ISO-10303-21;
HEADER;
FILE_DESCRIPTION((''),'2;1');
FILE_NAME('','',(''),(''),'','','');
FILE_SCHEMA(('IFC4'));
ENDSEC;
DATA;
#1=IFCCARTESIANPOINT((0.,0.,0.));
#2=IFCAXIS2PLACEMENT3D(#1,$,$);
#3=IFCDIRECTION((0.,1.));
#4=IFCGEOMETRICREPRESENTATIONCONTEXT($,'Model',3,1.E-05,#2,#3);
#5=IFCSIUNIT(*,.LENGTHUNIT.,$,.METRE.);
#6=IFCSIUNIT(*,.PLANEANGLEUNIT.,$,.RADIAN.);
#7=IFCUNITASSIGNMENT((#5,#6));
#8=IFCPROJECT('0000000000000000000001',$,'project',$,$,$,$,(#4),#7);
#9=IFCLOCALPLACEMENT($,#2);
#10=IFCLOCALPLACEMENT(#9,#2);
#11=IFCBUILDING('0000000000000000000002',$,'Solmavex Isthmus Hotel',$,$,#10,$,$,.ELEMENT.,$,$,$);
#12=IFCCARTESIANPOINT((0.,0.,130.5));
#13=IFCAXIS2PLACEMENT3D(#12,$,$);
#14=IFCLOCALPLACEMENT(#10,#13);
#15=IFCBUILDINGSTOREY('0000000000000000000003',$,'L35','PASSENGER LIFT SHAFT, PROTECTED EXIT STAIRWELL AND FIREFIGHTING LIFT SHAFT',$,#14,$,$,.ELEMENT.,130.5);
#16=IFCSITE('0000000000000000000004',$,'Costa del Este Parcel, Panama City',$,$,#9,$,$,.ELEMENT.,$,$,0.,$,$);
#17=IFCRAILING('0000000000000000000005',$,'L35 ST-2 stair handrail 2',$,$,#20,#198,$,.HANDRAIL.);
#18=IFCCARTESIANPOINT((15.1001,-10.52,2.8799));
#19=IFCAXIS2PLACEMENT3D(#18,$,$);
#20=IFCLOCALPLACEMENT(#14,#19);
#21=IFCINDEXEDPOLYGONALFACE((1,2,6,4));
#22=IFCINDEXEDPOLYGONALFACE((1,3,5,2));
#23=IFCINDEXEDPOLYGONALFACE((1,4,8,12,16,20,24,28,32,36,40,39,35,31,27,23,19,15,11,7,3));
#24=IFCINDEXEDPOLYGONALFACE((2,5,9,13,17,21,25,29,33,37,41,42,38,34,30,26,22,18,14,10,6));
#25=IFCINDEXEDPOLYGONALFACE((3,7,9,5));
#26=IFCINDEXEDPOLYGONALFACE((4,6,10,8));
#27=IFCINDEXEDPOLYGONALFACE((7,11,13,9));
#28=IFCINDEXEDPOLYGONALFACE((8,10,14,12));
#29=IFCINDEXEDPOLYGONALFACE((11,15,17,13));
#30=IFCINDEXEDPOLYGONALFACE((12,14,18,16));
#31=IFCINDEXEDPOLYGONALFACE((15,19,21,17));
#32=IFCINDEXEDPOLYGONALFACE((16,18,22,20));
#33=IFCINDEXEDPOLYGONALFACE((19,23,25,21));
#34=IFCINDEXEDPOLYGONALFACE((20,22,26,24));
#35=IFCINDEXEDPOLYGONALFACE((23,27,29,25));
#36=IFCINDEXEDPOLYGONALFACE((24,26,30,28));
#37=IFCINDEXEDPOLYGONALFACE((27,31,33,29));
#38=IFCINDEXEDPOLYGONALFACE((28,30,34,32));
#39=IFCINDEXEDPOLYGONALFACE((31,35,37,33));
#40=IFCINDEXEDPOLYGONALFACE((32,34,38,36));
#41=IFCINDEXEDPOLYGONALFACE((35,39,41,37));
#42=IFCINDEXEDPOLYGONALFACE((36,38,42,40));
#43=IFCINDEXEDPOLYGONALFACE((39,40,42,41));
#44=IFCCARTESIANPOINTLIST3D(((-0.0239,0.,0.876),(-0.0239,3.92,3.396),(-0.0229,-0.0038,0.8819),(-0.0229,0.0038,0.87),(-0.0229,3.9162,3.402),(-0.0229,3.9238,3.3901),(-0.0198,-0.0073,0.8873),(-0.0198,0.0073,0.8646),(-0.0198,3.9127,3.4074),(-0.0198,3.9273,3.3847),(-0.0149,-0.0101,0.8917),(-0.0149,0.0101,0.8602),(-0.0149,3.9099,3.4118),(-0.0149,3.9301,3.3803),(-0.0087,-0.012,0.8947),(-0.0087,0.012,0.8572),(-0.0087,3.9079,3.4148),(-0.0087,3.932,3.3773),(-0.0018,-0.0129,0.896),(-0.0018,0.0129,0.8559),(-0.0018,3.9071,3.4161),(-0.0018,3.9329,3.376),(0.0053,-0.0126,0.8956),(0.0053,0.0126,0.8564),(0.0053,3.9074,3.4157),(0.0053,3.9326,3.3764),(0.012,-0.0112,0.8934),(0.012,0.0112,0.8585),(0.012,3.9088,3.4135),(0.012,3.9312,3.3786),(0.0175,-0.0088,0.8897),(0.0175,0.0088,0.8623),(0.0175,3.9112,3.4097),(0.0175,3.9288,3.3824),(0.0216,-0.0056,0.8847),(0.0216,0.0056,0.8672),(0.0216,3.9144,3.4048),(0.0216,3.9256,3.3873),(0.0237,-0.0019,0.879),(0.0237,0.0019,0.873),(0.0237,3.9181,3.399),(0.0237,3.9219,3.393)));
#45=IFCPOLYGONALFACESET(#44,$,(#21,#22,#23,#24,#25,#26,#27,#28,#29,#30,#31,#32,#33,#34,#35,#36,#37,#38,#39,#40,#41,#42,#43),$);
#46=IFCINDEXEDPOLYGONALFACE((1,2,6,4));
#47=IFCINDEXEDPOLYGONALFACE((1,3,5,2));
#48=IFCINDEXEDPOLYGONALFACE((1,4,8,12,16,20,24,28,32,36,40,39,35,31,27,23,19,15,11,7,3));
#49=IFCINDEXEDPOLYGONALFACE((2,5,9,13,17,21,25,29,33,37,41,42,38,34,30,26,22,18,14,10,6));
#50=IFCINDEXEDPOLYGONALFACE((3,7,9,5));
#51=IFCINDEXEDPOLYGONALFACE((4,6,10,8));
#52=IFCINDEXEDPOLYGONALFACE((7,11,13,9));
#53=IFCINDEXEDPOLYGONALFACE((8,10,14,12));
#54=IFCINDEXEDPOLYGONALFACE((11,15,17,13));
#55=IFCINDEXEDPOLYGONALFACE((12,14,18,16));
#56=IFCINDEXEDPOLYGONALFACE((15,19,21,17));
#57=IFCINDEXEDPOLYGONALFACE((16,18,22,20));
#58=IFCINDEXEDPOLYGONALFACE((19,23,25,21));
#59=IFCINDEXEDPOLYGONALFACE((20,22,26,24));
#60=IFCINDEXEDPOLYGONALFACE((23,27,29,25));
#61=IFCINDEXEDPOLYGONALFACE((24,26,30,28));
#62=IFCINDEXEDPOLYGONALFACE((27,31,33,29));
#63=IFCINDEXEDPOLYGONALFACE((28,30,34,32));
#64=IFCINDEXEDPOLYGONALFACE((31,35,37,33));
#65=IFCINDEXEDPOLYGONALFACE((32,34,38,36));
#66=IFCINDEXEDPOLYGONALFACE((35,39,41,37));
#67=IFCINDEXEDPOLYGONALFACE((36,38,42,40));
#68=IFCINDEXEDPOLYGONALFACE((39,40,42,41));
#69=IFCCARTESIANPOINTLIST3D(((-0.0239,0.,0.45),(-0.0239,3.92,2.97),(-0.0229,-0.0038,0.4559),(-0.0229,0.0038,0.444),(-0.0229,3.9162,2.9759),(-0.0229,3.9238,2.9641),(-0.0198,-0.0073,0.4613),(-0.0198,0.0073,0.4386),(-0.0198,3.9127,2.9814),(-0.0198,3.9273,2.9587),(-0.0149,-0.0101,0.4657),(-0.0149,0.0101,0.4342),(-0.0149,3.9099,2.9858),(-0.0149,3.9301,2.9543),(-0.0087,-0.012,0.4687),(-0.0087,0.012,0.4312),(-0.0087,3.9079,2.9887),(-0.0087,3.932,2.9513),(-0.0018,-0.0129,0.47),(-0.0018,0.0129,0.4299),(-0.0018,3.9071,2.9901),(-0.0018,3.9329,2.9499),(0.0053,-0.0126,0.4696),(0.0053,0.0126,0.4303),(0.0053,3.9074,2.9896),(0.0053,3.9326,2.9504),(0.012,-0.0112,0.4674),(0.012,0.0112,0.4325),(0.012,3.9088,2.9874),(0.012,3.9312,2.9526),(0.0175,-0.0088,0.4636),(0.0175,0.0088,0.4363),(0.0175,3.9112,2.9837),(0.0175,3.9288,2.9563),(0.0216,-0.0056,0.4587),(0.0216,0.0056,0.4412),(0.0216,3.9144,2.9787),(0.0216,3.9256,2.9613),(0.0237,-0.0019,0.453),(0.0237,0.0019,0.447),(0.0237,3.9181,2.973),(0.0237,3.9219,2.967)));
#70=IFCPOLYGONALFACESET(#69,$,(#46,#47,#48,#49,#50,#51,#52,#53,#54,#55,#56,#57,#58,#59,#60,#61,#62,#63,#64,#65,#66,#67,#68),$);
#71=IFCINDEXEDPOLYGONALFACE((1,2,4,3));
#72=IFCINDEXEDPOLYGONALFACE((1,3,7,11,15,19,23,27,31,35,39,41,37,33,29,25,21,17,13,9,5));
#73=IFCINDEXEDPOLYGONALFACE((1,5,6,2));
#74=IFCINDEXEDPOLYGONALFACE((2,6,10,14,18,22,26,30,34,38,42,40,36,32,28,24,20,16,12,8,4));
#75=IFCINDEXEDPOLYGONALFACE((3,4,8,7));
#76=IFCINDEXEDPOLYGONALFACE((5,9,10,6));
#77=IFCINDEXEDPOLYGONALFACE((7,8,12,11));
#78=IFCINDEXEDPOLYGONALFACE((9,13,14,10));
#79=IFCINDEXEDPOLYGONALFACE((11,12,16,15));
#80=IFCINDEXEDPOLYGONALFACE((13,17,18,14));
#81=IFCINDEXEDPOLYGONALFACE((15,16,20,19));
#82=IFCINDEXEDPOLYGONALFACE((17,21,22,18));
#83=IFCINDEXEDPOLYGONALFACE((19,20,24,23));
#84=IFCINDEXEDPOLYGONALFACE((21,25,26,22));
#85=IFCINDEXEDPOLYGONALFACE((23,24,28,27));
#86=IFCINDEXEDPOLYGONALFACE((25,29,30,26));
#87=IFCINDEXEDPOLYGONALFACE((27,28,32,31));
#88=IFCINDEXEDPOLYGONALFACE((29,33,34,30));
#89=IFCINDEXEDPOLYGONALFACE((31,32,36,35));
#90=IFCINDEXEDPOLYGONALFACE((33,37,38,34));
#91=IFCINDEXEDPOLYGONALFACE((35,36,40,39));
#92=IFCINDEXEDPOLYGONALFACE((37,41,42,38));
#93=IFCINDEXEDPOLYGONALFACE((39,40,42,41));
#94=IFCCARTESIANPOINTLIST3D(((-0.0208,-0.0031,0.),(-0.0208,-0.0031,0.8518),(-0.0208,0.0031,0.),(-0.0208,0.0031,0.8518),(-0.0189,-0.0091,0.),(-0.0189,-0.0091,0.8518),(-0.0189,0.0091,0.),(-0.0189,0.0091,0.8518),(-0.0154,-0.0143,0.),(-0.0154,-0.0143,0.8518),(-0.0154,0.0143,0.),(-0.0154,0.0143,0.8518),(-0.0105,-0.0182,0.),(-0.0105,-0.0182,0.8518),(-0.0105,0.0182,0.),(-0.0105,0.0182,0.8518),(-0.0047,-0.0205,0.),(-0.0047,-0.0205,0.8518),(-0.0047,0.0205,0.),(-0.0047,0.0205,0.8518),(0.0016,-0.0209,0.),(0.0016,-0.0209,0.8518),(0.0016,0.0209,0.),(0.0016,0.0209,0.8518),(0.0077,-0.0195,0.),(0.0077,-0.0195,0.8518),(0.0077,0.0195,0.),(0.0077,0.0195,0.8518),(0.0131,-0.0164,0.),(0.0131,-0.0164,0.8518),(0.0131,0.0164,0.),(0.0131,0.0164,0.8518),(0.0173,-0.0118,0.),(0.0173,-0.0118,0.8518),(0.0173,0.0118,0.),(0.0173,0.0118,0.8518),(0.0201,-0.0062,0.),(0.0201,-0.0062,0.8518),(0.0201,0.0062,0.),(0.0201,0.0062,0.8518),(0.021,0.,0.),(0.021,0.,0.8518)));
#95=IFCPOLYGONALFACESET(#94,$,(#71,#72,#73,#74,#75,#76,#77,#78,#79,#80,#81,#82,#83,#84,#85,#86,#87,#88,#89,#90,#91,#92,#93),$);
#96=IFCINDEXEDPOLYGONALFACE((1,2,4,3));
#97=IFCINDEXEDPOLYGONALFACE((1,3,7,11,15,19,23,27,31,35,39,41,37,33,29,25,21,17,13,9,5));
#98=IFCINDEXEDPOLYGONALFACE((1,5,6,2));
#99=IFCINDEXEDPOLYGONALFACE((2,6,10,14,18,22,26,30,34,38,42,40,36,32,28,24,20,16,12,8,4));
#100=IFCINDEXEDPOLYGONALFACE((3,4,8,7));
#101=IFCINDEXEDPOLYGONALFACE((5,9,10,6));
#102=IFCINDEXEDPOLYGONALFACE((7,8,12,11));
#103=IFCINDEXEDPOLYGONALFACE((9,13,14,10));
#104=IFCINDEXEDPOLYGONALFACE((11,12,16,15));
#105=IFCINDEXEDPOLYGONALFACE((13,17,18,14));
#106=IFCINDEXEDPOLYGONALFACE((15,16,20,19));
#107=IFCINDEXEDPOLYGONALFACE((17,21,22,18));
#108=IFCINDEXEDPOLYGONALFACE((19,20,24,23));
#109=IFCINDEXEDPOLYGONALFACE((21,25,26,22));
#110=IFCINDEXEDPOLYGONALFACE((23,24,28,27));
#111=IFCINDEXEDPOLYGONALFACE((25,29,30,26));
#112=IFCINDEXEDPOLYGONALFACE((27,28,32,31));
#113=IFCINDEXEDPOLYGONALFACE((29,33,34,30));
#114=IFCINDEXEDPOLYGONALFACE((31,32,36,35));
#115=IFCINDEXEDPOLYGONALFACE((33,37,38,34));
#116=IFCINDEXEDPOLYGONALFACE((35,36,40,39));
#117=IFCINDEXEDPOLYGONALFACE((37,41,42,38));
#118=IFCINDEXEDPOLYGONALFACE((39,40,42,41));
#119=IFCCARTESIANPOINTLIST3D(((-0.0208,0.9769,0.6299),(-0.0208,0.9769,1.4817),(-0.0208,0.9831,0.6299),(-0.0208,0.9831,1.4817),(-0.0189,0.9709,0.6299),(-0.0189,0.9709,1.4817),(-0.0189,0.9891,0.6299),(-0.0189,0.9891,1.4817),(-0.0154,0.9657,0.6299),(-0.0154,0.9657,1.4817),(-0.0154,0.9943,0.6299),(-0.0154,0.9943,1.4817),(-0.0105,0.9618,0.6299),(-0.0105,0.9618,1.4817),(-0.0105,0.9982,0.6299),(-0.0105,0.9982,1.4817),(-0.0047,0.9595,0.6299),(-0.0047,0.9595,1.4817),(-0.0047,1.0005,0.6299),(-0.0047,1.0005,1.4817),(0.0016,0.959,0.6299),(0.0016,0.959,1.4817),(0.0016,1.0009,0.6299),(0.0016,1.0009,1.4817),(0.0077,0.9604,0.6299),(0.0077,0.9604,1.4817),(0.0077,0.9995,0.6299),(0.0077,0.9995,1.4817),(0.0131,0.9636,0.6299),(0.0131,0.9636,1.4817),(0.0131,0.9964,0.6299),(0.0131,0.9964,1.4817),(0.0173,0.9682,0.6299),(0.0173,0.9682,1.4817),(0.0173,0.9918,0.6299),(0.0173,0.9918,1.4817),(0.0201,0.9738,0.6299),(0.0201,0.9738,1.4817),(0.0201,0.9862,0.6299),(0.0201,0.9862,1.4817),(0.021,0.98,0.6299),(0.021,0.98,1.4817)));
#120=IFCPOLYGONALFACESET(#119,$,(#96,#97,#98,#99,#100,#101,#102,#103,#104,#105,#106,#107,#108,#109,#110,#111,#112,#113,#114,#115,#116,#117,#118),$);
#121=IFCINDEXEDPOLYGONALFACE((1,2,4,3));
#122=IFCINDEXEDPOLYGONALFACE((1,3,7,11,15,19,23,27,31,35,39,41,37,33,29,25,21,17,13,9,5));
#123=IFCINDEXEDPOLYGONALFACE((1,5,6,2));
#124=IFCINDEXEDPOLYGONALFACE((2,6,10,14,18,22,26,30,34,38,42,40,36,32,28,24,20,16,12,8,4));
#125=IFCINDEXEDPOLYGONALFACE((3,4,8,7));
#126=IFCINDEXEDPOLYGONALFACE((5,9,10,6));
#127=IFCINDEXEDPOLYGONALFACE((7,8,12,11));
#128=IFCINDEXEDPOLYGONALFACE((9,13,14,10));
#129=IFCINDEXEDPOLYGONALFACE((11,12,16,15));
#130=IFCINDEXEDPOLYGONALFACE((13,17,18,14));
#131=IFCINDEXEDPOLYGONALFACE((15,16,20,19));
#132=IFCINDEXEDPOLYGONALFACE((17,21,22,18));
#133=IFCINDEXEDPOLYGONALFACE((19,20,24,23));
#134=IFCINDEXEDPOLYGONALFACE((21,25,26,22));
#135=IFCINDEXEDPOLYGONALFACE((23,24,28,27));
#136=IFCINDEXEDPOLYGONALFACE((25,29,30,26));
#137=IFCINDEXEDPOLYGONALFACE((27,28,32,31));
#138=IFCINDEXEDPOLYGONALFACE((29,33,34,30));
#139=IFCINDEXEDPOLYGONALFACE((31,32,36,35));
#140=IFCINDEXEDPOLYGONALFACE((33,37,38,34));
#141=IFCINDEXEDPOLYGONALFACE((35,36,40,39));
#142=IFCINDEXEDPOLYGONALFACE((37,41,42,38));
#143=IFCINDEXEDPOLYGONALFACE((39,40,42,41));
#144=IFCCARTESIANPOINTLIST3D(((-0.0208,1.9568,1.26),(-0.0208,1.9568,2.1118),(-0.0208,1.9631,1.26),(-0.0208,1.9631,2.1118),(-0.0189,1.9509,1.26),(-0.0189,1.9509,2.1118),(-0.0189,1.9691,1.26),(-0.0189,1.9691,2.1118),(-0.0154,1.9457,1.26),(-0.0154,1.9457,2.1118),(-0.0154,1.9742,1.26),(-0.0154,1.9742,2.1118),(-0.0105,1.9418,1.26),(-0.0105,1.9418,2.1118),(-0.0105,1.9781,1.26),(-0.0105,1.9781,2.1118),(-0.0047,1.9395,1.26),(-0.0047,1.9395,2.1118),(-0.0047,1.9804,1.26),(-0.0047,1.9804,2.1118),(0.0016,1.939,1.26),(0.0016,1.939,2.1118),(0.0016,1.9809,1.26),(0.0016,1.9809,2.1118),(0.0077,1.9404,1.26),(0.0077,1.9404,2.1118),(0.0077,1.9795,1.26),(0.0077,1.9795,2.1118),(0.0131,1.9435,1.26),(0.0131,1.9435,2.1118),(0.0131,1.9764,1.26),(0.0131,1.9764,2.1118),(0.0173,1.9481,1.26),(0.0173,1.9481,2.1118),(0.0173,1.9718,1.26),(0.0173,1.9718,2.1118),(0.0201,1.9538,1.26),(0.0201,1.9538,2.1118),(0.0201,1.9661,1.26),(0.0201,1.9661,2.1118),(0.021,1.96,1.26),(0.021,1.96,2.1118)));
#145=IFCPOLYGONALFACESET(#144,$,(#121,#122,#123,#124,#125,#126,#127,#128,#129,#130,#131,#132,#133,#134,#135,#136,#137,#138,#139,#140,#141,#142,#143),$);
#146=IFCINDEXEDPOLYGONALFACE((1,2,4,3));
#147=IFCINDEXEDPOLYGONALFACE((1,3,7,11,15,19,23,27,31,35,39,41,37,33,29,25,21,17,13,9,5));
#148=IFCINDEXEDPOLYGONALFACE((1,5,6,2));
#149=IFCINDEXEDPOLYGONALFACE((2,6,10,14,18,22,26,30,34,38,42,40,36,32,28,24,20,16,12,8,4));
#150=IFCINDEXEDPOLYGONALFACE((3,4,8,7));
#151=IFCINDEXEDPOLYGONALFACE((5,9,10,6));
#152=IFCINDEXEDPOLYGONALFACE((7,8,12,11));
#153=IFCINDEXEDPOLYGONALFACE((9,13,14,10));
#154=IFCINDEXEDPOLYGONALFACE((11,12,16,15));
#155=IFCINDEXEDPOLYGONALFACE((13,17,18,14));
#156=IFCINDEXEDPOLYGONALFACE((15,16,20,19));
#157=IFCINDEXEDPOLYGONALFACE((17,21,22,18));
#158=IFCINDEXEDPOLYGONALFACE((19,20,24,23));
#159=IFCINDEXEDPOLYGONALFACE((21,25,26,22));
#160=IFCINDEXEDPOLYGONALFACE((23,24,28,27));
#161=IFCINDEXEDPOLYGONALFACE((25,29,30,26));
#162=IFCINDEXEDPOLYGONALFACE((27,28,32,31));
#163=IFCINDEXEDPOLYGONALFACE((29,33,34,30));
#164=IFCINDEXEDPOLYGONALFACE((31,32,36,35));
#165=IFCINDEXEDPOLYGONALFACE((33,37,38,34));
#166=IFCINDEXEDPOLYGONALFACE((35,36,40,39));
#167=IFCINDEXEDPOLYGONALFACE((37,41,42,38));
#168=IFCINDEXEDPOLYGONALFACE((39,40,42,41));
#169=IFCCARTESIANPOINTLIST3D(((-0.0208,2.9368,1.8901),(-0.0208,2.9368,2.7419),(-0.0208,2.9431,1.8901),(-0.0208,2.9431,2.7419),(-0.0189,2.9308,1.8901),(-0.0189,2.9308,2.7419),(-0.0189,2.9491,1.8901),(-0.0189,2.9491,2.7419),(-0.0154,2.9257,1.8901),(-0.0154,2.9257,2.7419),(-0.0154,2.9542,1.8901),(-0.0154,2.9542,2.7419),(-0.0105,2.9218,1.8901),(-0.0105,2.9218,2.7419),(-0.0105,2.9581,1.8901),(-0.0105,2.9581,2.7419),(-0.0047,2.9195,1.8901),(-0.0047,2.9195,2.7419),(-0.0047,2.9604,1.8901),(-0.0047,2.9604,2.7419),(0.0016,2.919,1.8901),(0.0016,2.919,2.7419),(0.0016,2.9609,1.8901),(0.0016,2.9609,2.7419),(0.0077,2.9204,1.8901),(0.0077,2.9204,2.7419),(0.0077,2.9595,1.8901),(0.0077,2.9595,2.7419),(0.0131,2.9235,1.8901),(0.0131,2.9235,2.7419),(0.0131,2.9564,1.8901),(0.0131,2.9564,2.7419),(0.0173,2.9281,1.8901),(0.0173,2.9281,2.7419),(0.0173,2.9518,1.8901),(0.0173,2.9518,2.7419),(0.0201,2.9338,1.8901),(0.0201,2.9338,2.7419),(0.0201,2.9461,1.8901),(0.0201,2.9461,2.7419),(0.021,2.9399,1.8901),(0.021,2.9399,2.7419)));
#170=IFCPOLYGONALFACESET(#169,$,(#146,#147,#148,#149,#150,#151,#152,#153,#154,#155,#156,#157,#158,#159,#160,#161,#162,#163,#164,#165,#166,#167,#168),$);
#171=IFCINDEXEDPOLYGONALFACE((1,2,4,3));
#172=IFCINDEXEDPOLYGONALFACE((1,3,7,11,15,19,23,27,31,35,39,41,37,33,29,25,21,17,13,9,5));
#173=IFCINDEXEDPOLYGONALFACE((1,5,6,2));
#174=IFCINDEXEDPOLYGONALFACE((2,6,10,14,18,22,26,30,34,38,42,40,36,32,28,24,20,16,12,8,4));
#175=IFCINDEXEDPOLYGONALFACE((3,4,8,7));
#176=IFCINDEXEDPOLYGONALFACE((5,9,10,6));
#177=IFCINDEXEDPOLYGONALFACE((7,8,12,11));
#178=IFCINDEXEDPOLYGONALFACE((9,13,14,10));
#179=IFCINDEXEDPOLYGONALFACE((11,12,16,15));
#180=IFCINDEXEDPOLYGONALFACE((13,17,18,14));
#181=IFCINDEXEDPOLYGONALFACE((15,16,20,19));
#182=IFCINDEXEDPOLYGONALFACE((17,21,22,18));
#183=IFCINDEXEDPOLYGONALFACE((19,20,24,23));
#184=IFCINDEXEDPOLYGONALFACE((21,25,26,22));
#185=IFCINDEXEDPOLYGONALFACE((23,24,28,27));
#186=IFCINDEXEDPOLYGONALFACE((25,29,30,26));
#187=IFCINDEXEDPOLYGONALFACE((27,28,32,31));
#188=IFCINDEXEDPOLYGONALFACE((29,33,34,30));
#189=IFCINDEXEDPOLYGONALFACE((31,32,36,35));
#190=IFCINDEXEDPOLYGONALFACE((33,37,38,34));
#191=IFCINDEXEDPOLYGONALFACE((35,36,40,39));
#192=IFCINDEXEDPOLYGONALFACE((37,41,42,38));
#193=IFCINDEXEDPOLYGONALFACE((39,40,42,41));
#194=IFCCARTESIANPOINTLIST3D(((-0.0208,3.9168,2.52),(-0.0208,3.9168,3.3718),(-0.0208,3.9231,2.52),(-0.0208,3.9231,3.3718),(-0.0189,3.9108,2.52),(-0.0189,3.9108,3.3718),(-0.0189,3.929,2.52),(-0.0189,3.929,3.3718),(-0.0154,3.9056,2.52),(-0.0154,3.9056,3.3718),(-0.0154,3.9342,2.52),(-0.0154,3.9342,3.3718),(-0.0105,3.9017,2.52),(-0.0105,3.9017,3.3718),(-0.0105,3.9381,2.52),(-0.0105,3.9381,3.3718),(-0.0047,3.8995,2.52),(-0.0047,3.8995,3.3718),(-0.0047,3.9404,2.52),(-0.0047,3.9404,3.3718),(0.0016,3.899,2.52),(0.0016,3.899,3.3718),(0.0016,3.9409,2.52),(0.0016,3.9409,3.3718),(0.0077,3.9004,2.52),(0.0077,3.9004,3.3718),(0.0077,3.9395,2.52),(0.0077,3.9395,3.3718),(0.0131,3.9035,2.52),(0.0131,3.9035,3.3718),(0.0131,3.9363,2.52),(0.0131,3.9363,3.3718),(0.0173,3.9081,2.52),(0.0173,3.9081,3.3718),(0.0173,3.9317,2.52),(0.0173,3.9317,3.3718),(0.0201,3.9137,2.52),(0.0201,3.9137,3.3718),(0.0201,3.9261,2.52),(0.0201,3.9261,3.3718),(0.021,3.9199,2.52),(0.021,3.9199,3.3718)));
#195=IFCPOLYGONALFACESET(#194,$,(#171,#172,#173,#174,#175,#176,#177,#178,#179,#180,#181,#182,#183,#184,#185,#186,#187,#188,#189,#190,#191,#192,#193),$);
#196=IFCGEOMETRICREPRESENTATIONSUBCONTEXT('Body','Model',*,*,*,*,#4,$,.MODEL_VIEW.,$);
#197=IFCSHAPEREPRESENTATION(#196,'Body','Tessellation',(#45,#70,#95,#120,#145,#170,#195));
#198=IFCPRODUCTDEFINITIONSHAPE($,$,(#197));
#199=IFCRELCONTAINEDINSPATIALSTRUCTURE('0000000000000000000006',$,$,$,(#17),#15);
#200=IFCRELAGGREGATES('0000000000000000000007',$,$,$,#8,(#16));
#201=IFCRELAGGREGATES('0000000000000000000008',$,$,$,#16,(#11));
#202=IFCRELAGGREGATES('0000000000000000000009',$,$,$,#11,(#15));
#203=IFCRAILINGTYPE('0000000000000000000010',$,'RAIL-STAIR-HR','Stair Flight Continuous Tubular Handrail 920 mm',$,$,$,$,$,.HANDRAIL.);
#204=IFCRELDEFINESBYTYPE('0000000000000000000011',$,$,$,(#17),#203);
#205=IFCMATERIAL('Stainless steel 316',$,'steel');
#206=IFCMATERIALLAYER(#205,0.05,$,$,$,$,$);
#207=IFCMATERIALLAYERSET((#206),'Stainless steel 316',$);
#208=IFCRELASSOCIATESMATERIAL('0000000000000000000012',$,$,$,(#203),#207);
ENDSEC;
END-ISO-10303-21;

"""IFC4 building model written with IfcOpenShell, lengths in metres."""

from ifc_helpers import new_model, si_unit, direction, frame, origin, origin_2d, place, context, subcontext, project, spatial, circle, extrude, material, layer, layer_set, type_object, element, save


model = new_model("IFC4")

# Units and contexts
model_context = context("Model", 3, precision=1e-05, world=origin(), true_north=direction((0.0, 1.0)))
body_context = subcontext(model_context, "Body", "Model", "MODEL_VIEW")
ifc_project = project(units=[si_unit("LENGTHUNIT", "METRE"), si_unit("PLANEANGLEUNIT", "RADIAN")], contexts=[model_context])

# Site, building, storey
site_placement = place(None, origin())
site = spatial("IfcSite", under=ifc_project, at=site_placement, Name="Costa del Este Parcel, Panama City", CompositionType="ELEMENT", RefElevation=0.0)
building_placement = place(site_placement, origin())
building = spatial("IfcBuilding", under=site, at=building_placement, Name="Solmavex Isthmus Hotel", CompositionType="ELEMENT")
storey_placement = place(building_placement, frame((0.0, 0.0, 130.5)))
storey = spatial("IfcBuildingStorey", under=building, at=storey_placement, Name="L35", Description="PASSENGER LIFT SHAFT, PROTECTED EXIT STAIRWELL AND FIREFIGHTING LIFT SHAFT", CompositionType="ELEMENT", Elevation=130.5)

# Railing
ifc_material_1 = material(Name="Stainless steel 316", Category="steel")
ifc_layer_1 = layer(ifc_material_1, 0.05)
ifc_layer_set_1 = layer_set([ifc_layer_1], Name="Stainless steel 316")
railing_type_1 = type_object("IfcRailingType", Name="RAIL-STAIR-HR", Description="Stair Flight Continuous Tubular Handrail 920 mm", PredefinedType="HANDRAIL", material=ifc_layer_set_1)
railing_1_placement = place(storey_placement, frame((15.1001, -10.52, 2.8799)))
element("IfcRailing", 1, at=railing_1_placement, inside=storey, type_object=railing_type_1, Name="L35 ST-2 stair handrail 2", PredefinedType="HANDRAIL", context=body_context, shape_type="SweptSolid", body=[
    extrude(circle(Radius=0.0239, at=origin_2d()), frame((0.0, 0.0, 0.876), z_axis=(0.0, 0.841172, 0.540768), x_axis=(-1.0, 0.0, 0.0)), (0.0, 0.0, 1.0), 4.6602),
    extrude(circle(Radius=0.0239, at=origin_2d()), frame((0.0, 0.0, 0.45), z_axis=(0.0, 0.841172, 0.540768), x_axis=(-1.0, 0.0, 0.0)), (0.0, 0.0, 1.0), 4.6602),
    extrude(circle(Radius=0.021, at=origin_2d()), origin(), (0.0, 0.0, 1.0), 0.8518),
    extrude(circle(Radius=0.021, at=origin_2d()), frame((0.0, 0.98, 0.6299)), (0.0, 0.0, 1.0), 0.8518),
    extrude(circle(Radius=0.021, at=origin_2d()), frame((0.0, 1.96, 1.26)), (0.0, 0.0, 1.0), 0.8518),
    extrude(circle(Radius=0.021, at=origin_2d()), frame((0.0, 2.9399, 1.8901)), (0.0, 0.0, 1.0), 0.8518),
    extrude(circle(Radius=0.021, at=origin_2d()), frame((0.0, 3.9199, 2.52)), (0.0, 0.0, 1.0), 0.8518),
])

save(model, "model.ifc")
